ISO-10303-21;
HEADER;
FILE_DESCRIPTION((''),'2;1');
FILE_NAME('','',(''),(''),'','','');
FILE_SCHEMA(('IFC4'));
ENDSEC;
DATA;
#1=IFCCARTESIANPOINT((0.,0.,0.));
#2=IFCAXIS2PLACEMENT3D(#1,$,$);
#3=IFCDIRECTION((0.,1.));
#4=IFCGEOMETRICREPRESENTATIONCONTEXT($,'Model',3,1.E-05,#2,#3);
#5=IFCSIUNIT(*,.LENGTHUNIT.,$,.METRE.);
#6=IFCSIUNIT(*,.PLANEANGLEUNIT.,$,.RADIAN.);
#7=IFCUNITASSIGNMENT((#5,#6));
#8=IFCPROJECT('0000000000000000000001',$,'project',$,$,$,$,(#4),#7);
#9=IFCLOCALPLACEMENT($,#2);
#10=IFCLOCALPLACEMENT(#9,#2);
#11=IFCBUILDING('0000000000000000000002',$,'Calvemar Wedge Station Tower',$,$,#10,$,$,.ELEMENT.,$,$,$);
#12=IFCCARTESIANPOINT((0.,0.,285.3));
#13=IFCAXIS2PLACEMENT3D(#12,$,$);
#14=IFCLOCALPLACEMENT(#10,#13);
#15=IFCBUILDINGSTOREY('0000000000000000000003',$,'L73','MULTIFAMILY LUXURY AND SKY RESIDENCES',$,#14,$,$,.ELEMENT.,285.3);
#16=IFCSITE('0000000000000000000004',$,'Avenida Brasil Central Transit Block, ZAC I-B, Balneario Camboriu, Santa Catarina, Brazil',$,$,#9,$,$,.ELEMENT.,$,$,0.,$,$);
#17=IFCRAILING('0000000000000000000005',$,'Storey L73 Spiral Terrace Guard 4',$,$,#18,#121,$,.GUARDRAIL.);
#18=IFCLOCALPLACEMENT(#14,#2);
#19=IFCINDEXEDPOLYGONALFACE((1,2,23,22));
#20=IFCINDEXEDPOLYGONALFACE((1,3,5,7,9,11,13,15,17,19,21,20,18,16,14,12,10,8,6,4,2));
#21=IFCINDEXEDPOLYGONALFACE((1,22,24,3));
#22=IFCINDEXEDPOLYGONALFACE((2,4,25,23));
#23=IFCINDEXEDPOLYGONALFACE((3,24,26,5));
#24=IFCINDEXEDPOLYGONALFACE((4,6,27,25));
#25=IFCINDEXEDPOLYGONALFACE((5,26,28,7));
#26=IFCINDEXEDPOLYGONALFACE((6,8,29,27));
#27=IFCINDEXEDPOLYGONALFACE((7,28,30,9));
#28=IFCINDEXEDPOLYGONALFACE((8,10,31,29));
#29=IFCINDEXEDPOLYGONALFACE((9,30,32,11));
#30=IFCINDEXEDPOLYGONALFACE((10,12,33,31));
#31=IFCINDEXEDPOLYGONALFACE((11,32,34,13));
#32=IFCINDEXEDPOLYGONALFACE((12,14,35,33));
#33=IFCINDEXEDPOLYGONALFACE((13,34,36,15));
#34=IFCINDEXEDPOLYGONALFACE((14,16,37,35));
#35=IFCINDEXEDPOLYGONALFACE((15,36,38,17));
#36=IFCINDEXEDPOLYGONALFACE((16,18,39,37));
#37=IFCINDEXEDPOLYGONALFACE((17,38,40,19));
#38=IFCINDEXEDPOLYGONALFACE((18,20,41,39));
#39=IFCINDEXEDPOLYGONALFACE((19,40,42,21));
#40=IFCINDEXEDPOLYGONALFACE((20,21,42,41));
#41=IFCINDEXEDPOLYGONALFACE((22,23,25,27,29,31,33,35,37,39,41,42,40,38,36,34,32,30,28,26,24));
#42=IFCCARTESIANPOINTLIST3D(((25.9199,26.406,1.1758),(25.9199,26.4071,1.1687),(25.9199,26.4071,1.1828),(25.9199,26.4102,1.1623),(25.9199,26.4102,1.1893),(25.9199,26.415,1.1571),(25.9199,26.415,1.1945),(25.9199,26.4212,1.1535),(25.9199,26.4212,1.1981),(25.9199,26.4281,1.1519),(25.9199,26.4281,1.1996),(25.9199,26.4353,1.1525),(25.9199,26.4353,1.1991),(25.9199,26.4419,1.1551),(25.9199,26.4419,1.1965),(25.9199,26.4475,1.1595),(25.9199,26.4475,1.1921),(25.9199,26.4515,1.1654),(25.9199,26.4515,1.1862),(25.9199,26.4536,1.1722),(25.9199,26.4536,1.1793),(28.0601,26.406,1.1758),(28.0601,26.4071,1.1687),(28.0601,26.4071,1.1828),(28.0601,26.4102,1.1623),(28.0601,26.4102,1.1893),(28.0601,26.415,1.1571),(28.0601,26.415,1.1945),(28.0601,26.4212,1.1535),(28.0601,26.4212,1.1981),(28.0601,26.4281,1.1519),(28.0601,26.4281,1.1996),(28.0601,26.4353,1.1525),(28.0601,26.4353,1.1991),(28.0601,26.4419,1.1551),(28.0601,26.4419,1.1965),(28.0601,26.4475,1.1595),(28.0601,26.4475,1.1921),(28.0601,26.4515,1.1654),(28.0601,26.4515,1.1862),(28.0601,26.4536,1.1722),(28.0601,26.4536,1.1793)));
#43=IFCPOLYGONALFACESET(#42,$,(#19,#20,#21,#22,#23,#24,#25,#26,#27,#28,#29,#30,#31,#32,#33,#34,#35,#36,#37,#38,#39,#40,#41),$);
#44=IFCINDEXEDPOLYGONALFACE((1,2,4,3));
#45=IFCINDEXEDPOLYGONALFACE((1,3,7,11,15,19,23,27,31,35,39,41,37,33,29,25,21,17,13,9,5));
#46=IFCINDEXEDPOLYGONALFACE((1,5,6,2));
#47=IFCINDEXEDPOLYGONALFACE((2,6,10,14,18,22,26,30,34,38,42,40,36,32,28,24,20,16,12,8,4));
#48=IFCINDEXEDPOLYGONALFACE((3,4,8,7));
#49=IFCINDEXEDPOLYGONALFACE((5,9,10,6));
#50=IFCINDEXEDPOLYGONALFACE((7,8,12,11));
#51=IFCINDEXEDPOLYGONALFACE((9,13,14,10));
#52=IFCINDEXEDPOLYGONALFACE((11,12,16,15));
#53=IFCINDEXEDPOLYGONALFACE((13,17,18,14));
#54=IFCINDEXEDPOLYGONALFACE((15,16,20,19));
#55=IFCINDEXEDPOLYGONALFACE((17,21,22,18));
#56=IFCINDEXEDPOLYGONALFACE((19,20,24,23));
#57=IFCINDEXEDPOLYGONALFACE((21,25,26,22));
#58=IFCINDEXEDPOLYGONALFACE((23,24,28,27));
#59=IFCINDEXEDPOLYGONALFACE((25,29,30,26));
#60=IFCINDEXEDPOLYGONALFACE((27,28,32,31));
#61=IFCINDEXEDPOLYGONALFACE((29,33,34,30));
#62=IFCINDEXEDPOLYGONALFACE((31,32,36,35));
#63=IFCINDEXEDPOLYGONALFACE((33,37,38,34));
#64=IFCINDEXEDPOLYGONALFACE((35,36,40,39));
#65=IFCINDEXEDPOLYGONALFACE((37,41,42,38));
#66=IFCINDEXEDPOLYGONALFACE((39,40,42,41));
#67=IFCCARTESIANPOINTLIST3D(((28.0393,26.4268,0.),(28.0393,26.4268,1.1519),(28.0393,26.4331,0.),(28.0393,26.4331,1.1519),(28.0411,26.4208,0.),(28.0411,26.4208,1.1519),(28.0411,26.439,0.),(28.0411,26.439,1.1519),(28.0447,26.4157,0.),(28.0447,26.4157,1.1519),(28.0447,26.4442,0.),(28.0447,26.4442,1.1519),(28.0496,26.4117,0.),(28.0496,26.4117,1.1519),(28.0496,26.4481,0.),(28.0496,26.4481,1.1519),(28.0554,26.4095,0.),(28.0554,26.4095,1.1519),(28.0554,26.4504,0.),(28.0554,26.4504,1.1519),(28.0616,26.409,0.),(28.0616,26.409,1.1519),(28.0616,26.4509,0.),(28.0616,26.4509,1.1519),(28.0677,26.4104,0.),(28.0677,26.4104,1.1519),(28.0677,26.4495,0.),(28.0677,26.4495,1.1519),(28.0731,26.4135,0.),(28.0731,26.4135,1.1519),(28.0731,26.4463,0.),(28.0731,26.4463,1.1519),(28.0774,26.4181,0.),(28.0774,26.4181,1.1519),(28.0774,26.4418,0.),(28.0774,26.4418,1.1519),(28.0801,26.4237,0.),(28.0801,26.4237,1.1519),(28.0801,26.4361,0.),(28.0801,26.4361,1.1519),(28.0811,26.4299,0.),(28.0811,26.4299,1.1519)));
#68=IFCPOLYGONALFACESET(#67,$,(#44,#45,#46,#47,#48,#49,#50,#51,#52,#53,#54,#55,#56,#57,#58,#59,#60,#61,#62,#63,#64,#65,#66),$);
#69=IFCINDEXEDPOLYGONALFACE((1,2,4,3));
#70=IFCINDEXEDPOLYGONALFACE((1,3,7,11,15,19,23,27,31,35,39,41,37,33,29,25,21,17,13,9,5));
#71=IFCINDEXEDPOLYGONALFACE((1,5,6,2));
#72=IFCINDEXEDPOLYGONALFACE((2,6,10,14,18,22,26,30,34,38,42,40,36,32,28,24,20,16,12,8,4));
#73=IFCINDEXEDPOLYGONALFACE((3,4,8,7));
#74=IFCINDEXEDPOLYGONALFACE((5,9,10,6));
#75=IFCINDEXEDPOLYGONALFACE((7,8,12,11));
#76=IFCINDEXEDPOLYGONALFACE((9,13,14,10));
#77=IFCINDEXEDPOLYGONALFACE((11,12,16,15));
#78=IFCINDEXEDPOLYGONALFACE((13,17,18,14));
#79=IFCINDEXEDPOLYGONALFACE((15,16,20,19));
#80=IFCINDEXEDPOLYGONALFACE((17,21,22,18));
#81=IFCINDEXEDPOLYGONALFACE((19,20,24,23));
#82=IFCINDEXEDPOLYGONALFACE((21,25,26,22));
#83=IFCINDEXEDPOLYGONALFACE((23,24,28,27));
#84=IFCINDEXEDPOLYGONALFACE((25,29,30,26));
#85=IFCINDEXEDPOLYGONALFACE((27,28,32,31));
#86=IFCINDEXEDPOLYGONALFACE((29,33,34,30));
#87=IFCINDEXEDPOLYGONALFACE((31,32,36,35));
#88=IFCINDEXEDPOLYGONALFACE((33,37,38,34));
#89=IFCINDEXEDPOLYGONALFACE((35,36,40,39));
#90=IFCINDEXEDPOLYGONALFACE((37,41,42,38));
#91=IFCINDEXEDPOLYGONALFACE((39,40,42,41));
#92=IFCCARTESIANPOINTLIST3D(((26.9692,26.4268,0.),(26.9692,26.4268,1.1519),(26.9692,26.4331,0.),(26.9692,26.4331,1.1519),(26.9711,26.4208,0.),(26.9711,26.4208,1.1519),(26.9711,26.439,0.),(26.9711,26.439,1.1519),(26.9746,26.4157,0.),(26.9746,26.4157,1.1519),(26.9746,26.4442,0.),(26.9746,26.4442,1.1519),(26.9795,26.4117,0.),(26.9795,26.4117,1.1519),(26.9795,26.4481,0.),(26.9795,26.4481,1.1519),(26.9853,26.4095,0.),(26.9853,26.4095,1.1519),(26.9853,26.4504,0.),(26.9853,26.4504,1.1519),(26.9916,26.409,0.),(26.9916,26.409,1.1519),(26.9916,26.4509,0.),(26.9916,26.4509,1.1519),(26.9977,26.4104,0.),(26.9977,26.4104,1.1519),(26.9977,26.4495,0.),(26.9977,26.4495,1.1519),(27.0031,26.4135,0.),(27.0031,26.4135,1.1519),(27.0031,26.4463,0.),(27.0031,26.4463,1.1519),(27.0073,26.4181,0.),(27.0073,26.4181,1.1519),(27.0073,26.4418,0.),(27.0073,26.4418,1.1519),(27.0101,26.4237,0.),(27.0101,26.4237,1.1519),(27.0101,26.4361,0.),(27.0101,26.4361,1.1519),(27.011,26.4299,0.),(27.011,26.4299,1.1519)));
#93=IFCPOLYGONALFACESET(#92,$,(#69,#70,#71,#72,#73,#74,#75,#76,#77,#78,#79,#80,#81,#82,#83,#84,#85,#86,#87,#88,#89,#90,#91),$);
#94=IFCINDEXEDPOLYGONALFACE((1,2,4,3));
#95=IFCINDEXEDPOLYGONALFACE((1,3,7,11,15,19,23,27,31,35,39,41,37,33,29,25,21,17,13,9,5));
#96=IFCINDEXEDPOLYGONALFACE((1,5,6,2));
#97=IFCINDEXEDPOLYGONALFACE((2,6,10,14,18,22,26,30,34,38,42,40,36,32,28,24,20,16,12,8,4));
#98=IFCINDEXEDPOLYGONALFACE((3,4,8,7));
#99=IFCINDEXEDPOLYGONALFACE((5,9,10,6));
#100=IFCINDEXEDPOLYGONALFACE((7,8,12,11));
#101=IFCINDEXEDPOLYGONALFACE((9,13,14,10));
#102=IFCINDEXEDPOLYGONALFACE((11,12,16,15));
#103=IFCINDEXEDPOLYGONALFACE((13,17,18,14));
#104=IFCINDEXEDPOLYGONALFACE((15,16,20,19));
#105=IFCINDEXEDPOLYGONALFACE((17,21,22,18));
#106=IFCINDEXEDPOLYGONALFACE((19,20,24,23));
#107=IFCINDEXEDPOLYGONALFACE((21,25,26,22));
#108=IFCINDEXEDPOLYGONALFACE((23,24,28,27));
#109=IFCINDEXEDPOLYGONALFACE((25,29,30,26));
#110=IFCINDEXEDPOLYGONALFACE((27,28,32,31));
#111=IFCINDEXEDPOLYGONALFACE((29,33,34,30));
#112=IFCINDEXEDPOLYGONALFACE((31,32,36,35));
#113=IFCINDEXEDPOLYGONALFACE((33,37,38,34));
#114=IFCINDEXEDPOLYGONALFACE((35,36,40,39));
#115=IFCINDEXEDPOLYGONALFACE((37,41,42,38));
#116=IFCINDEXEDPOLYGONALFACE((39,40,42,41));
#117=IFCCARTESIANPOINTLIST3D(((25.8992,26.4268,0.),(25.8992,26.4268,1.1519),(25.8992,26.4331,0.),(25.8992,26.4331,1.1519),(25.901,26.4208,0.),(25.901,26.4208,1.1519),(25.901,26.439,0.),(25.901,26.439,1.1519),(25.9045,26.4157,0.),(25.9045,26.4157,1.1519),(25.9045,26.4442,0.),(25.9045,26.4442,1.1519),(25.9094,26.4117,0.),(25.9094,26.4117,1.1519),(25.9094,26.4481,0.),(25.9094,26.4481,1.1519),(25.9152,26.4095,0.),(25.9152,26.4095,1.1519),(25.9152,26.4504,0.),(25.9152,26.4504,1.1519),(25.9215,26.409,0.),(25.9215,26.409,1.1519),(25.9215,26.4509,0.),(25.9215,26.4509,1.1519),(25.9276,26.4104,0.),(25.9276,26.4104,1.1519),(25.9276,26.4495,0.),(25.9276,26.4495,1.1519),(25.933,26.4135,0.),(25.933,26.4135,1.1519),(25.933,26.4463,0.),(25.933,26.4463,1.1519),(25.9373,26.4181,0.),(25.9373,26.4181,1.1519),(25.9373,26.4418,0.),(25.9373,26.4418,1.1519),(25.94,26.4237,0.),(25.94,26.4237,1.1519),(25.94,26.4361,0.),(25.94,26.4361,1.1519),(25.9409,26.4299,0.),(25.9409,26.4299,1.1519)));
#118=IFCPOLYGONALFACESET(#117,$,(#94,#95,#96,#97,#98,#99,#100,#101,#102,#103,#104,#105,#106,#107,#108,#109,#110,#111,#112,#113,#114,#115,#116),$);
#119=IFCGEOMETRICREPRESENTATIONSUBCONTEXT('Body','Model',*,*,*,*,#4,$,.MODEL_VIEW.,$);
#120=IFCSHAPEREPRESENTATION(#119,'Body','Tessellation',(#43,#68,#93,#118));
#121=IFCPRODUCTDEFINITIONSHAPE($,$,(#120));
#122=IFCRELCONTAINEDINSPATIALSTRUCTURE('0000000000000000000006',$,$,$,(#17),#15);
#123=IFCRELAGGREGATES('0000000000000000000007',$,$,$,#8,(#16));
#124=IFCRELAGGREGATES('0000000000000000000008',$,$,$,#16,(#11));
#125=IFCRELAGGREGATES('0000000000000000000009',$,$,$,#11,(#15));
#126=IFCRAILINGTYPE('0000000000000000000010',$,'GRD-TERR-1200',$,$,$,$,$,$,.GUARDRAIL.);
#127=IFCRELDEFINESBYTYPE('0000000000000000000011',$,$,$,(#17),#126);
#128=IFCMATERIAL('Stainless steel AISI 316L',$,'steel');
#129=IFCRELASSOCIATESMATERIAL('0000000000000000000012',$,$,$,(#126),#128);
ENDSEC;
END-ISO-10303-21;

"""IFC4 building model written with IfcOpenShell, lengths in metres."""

from ifc_helpers import new_model, si_unit, direction, frame, origin, origin_2d, place, context, subcontext, project, spatial, circle, extrude, material, type_object, element, save


model = new_model("IFC4")

# Units and contexts
model_context = context("Model", 3, precision=1e-05, world=origin(), true_north=direction((0.0, 1.0)))
body_context = subcontext(model_context, "Body", "Model", "MODEL_VIEW")
ifc_project = project(units=[si_unit("LENGTHUNIT", "METRE"), si_unit("PLANEANGLEUNIT", "RADIAN")], contexts=[model_context])

# Site, building, storey
site_placement = place(None, origin())
site = spatial("IfcSite", under=ifc_project, at=site_placement, Name="Avenida Brasil Central Transit Block, ZAC I-B, Balneario Camboriu, Santa Catarina, Brazil", CompositionType="ELEMENT", RefElevation=0.0)
building_placement = place(site_placement, origin())
building = spatial("IfcBuilding", under=site, at=building_placement, Name="Calvemar Wedge Station Tower", CompositionType="ELEMENT")
storey_placement = place(building_placement, frame((0.0, 0.0, 285.3)))
storey = spatial("IfcBuildingStorey", under=building, at=storey_placement, Name="L73", Description="MULTIFAMILY LUXURY AND SKY RESIDENCES", CompositionType="ELEMENT", Elevation=285.3)

# Railing
ifc_material_1 = material(Name="Stainless steel AISI 316L", Category="steel")
railing_type_1 = type_object("IfcRailingType", Name="GRD-TERR-1200", PredefinedType="GUARDRAIL", material=ifc_material_1)
railing_1_placement = place(storey_placement, frame((28.0601, 26.4299, 0.0)))
element("IfcRailing", 1, at=railing_1_placement, inside=storey, type_object=railing_type_1, Name="Storey L73 Spiral Terrace Guard 4", PredefinedType="GUARDRAIL", context=body_context, shape_type="SweptSolid", body=[
    extrude(circle(Radius=0.0239, at=origin_2d()), frame((0.0, 0.0, 1.1758), z_axis=(-1.0, 0.0, 0.0), x_axis=(0.0, -1.0, 0.0)), (0.0, 0.0, 1.0), 2.1401),
    extrude(circle(Radius=0.021, at=origin_2d()), origin(), (0.0, 0.0, 1.0), 1.1519),
    extrude(circle(Radius=0.021, at=origin_2d()), frame((-1.0701, 0.0, 0.0)), (0.0, 0.0, 1.0), 1.1519),
    extrude(circle(Radius=0.021, at=origin_2d()), frame((-2.1401, 0.0, 0.0)), (0.0, 0.0, 1.0), 1.1519),
])

save(model, "model.ifc")
